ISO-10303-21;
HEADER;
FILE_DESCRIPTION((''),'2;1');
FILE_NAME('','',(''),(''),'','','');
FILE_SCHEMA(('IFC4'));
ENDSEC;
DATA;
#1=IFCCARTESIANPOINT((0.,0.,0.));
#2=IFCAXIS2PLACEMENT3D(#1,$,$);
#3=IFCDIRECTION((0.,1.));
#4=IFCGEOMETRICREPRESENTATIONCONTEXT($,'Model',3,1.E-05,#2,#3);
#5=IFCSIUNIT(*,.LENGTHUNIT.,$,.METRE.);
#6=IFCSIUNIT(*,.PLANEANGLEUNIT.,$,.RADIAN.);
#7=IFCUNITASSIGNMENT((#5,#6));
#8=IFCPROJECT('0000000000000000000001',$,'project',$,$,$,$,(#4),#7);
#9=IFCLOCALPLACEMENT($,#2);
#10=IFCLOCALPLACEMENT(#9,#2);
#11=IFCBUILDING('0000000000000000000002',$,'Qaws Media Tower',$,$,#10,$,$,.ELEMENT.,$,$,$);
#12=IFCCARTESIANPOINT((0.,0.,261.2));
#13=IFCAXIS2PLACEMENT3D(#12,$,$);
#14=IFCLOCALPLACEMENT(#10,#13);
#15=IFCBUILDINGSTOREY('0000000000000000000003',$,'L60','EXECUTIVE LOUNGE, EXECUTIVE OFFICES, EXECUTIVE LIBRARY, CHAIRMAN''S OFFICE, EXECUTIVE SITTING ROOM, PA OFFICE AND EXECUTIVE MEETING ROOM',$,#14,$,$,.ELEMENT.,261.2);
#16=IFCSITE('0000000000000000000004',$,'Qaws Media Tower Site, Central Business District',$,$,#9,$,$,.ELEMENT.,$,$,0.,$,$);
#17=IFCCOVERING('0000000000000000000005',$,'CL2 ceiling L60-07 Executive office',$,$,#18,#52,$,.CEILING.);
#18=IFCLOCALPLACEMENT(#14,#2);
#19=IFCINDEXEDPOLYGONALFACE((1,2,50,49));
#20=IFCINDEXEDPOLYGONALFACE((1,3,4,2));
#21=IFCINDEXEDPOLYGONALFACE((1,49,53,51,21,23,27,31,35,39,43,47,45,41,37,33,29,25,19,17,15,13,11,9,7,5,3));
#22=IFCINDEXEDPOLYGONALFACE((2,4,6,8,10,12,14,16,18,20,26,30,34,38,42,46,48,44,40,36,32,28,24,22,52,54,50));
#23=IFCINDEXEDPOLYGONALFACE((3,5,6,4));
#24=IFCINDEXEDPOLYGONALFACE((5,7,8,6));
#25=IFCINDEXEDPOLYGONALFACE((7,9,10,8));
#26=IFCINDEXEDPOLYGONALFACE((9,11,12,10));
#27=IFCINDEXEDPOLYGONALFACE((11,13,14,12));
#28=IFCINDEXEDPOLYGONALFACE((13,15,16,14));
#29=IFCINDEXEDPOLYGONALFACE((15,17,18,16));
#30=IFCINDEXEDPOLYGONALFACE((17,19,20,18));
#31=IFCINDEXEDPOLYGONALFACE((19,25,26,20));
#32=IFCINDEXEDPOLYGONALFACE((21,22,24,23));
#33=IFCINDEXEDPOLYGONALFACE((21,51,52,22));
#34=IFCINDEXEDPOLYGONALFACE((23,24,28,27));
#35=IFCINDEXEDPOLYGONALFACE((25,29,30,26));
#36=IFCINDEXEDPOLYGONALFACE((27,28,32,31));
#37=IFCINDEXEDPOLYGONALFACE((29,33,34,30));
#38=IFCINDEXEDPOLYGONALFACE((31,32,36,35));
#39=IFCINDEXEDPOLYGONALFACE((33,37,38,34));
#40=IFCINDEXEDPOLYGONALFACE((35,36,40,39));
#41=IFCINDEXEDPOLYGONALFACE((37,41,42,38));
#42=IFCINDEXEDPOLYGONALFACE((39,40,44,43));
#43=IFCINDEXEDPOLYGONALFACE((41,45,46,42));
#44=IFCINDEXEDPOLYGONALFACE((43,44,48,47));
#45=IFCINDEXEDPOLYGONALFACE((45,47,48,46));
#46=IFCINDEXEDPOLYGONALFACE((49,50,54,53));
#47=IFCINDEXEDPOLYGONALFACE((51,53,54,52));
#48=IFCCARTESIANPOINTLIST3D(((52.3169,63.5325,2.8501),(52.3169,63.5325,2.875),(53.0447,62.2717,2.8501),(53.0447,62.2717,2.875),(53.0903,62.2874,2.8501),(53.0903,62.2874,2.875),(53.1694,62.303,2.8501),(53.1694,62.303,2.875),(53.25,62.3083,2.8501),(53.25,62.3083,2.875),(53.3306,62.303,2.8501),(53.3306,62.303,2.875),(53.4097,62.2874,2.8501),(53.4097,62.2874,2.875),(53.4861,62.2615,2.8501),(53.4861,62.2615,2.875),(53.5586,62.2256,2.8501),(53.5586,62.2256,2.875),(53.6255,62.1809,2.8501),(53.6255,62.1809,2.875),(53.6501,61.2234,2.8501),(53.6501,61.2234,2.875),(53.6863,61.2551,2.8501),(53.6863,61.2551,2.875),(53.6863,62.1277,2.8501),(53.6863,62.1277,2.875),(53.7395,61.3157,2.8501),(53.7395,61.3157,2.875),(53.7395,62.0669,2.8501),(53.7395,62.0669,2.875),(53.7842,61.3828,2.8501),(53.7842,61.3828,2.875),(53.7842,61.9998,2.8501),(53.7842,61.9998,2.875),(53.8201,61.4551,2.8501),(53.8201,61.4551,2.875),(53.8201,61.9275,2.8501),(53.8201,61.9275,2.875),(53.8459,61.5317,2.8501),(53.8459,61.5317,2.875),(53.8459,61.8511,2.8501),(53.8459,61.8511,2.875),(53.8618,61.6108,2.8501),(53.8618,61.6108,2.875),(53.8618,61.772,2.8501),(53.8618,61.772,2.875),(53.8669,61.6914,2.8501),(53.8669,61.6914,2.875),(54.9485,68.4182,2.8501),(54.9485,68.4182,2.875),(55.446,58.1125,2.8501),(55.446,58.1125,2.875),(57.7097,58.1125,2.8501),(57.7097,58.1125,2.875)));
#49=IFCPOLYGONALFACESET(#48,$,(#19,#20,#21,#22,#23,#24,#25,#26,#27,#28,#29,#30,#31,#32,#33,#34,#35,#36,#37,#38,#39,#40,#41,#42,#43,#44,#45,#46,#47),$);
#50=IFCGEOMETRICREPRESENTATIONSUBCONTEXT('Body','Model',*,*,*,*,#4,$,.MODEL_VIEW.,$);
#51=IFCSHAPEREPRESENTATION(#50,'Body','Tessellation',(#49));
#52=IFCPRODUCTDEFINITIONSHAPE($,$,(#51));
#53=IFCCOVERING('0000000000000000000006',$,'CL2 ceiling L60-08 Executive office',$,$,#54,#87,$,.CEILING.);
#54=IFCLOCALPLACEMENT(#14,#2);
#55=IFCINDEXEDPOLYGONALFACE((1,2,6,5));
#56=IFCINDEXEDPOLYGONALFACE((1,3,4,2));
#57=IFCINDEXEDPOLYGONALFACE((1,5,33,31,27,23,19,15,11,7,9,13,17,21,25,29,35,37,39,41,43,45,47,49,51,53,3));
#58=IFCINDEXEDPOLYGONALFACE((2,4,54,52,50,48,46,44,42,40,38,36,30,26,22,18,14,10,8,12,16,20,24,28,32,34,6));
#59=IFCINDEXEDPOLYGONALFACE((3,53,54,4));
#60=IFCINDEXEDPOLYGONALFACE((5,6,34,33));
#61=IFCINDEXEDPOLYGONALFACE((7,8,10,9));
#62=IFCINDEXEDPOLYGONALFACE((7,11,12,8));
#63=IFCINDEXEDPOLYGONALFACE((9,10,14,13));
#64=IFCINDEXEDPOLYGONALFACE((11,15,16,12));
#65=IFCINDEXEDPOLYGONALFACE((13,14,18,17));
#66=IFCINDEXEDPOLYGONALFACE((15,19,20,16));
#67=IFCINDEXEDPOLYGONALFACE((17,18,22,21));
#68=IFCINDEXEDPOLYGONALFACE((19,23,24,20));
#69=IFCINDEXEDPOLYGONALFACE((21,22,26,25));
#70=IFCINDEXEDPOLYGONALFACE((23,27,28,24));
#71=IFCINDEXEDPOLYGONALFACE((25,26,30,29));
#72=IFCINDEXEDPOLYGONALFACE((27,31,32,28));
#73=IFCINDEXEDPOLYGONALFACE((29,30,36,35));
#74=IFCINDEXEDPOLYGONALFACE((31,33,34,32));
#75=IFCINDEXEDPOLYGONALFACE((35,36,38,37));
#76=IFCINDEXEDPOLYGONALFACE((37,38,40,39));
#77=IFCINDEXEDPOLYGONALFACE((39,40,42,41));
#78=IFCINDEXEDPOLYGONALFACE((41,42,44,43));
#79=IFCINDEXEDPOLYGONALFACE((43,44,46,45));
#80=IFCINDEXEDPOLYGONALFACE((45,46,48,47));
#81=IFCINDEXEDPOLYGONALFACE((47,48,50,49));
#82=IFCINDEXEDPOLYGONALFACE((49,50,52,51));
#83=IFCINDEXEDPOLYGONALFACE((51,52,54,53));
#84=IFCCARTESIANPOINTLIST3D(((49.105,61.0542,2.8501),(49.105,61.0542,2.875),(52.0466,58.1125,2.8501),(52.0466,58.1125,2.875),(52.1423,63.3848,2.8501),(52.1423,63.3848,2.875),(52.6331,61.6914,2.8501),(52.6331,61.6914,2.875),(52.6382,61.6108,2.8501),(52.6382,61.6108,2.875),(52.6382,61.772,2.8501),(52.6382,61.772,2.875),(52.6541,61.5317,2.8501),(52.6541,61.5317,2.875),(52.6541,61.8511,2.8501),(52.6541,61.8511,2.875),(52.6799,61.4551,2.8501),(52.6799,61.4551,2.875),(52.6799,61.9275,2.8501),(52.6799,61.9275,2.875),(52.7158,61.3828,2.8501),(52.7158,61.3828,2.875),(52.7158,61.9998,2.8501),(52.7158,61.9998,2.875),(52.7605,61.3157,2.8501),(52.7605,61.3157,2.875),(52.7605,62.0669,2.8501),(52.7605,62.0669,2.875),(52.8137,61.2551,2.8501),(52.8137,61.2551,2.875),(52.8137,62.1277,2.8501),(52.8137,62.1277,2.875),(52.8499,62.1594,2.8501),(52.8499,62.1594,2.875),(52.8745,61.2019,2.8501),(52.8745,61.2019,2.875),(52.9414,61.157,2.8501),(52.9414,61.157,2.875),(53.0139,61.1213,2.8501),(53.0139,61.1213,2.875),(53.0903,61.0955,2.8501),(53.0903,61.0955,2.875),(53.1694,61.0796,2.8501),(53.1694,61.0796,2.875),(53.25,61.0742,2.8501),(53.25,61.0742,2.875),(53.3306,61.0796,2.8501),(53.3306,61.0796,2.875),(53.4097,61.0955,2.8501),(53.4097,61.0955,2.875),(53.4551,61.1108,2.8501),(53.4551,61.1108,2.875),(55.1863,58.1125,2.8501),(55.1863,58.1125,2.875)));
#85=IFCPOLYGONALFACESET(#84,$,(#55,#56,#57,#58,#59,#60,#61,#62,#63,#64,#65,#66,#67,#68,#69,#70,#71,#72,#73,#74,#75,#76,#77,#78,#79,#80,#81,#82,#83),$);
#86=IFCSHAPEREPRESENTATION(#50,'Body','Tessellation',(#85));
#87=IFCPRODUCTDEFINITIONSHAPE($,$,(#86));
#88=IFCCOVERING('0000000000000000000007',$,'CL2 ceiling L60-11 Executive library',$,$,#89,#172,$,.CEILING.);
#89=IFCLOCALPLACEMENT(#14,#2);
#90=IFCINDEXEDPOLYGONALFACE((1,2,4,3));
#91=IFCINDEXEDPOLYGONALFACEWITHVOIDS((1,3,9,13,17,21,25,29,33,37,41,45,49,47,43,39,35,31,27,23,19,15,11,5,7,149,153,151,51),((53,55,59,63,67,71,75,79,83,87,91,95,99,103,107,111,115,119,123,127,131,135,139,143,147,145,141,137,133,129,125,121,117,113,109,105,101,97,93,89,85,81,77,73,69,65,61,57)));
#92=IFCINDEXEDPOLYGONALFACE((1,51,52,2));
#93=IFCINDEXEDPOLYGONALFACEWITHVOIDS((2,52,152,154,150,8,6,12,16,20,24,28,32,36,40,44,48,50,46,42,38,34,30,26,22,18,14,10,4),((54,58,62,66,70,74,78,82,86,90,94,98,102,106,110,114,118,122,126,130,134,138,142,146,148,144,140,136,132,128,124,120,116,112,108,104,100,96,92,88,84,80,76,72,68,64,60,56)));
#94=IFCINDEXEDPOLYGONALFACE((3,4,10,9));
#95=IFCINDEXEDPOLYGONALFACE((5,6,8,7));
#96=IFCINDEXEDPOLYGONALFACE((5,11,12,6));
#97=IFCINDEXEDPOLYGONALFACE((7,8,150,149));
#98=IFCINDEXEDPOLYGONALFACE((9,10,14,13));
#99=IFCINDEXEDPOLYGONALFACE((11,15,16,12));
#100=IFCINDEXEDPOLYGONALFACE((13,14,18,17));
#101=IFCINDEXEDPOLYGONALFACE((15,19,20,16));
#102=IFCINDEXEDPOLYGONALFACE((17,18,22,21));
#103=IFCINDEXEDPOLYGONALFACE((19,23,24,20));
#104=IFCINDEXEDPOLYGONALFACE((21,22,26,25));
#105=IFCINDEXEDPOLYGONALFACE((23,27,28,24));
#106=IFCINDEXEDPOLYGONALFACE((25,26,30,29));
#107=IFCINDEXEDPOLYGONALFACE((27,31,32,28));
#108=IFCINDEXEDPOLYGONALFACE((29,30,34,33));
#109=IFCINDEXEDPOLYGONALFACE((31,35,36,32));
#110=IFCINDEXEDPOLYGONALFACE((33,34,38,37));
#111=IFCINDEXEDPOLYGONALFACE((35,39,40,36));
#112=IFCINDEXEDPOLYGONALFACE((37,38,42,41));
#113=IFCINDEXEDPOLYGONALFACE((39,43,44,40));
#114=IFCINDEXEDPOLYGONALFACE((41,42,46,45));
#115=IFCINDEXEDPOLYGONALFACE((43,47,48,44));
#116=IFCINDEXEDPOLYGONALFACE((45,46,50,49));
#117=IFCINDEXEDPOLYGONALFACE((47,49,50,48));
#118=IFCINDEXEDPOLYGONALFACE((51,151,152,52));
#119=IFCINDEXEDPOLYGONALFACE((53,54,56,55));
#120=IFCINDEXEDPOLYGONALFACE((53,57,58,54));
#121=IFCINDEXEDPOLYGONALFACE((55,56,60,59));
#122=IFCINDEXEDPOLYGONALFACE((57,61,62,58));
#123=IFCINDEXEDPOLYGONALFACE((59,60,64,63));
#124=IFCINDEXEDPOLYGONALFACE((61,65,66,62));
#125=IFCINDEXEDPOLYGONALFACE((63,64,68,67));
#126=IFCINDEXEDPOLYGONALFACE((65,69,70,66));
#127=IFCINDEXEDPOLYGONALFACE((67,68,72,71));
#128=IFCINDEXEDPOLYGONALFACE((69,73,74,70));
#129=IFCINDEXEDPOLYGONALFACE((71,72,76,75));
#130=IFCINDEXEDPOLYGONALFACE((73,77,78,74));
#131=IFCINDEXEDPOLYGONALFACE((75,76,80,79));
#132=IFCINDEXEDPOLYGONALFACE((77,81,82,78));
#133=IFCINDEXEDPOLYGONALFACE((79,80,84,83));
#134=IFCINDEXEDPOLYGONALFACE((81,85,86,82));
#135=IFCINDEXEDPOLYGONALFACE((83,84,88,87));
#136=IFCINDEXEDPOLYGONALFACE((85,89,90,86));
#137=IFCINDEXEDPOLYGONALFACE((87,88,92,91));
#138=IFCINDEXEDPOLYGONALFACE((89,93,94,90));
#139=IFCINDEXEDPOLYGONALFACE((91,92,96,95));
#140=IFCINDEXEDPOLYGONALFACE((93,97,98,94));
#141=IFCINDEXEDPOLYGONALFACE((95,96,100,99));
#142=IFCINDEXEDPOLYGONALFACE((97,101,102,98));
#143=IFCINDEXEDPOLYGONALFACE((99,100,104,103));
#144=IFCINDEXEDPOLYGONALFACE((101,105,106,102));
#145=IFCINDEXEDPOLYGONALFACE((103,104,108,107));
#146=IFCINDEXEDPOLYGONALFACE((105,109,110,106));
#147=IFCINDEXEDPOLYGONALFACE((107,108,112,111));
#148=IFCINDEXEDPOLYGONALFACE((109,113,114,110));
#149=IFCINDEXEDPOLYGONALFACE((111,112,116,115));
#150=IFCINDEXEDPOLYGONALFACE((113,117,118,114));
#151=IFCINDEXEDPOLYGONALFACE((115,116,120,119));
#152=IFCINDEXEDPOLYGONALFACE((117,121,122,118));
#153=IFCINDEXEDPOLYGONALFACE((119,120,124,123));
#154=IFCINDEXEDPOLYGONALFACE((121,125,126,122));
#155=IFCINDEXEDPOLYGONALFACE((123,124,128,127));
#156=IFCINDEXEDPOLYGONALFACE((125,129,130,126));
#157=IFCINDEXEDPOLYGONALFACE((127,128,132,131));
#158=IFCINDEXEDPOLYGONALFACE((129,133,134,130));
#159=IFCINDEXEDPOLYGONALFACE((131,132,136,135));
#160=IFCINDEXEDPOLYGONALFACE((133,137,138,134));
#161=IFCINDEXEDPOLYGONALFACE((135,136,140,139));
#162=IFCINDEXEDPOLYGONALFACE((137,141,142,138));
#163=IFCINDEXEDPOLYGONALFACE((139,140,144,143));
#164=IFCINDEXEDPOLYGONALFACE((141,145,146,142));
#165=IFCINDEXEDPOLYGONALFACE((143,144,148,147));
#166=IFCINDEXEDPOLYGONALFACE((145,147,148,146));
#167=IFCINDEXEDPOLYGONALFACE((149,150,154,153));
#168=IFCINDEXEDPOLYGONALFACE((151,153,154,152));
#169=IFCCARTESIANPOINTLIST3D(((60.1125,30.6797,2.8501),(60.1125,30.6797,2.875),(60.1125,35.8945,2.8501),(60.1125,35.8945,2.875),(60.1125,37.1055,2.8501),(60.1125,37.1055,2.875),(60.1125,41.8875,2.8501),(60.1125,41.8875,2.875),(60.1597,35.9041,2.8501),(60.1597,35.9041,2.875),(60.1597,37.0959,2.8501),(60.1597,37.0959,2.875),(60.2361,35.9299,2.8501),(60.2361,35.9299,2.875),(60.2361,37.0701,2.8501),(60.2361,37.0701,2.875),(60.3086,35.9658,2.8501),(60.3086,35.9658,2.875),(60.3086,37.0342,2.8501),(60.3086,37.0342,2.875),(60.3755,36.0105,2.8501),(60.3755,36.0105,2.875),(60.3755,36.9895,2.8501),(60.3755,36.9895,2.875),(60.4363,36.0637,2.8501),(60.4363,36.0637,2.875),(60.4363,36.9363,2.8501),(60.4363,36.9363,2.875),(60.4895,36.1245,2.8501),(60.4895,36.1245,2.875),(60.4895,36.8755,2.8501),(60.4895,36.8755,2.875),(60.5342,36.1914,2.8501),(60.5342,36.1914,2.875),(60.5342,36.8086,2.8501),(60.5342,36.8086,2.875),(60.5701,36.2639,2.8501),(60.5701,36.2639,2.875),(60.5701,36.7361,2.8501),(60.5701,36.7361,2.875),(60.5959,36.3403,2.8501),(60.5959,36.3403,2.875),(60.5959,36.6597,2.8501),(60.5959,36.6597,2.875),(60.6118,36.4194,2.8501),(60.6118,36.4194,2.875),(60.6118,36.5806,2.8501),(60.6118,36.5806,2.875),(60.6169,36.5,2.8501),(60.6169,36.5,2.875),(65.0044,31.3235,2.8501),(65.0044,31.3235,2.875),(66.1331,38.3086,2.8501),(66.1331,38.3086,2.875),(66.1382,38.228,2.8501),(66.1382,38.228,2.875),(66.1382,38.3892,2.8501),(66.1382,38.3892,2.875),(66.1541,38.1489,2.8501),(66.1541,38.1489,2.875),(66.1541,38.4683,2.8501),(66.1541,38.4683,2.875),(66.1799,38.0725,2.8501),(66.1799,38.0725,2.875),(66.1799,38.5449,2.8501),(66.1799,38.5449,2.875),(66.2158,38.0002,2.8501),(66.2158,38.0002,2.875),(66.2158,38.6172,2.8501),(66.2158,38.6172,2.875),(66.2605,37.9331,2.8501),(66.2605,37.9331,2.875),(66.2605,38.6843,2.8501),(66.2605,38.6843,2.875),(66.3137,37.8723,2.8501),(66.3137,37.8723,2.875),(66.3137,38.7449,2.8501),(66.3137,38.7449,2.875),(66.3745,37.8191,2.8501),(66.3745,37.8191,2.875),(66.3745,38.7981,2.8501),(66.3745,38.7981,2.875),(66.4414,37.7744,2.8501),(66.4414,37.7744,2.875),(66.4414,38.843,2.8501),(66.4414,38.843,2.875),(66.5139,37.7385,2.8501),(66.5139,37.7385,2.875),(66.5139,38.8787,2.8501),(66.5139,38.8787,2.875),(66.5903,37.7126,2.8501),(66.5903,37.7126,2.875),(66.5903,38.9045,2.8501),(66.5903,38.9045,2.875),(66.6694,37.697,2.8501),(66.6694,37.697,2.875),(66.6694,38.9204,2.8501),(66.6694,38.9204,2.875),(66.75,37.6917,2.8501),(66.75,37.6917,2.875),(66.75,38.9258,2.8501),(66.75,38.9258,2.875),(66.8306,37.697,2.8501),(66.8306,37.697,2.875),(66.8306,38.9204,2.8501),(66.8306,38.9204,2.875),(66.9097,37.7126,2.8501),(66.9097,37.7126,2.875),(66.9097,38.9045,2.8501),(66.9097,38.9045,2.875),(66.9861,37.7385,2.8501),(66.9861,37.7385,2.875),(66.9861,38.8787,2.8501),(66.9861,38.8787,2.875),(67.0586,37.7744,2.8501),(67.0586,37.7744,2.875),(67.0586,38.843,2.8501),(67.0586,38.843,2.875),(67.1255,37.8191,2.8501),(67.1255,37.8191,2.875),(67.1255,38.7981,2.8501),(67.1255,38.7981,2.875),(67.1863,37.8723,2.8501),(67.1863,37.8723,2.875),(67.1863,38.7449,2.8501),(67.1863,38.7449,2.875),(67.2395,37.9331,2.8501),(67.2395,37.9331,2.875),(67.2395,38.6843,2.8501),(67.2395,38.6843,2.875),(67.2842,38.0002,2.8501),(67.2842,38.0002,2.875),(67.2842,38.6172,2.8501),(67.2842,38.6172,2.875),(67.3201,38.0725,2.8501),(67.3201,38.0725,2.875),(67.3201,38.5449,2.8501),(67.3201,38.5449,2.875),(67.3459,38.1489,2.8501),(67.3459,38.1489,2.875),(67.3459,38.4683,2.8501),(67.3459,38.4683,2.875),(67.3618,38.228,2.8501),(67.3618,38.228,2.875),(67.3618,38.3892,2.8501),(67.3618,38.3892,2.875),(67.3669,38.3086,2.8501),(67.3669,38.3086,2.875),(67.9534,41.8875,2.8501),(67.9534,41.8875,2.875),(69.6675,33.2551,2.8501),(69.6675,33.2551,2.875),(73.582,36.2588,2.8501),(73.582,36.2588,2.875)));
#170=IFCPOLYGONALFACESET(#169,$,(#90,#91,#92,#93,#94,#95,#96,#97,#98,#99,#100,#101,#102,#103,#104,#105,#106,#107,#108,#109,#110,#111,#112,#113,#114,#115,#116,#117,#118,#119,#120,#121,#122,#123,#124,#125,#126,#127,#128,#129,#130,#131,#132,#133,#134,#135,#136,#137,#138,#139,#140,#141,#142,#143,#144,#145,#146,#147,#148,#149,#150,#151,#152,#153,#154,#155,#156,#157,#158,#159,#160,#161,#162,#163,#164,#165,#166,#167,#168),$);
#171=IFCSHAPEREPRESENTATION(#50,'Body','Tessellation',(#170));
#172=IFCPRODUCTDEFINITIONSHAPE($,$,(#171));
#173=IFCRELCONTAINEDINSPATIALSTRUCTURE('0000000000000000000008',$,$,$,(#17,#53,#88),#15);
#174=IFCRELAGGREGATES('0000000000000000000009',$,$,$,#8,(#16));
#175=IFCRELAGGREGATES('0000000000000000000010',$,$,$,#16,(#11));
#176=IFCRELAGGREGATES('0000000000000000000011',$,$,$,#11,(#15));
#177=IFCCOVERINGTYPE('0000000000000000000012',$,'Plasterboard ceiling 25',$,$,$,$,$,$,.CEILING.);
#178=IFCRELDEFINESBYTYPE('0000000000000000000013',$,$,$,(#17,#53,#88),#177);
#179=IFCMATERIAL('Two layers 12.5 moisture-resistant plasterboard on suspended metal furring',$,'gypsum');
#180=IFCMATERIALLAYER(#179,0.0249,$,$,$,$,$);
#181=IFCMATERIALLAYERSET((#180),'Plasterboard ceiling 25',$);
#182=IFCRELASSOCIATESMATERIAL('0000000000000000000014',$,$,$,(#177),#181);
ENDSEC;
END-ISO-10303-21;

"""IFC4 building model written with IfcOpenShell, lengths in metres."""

from ifc_helpers import new_model, si_unit, direction, frame, origin, place, context, subcontext, project, spatial, polyline, outline, extrude, material, layer, layer_set, type_object, element, save


model = new_model("IFC4")

# Units and contexts
model_context = context("Model", 3, precision=1e-05, world=origin(), true_north=direction((0.0, 1.0)))
body_context = subcontext(model_context, "Body", "Model", "MODEL_VIEW")
ifc_project = project(units=[si_unit("LENGTHUNIT", "METRE"), si_unit("PLANEANGLEUNIT", "RADIAN")], contexts=[model_context])

# Site, building, storey
site_placement = place(None, origin())
site = spatial("IfcSite", under=ifc_project, at=site_placement, Name="Qaws Media Tower Site, Central Business District", CompositionType="ELEMENT", RefElevation=0.0)
building_placement = place(site_placement, origin())
building = spatial("IfcBuilding", under=site, at=building_placement, Name="Qaws Media Tower", CompositionType="ELEMENT")
storey_placement = place(building_placement, frame((0.0, 0.0, 261.2)))
storey = spatial("IfcBuildingStorey", under=building, at=storey_placement, Name="L60", Description="EXECUTIVE LOUNGE, EXECUTIVE OFFICES, EXECUTIVE LIBRARY, CHAIRMAN'S OFFICE, EXECUTIVE SITTING ROOM, PA OFFICE AND EXECUTIVE MEETING ROOM", CompositionType="ELEMENT", Elevation=261.2)

# Coverings
ifc_material_1 = material(Name="Two layers 12.5 moisture-resistant plasterboard on suspended metal furring", Category="gypsum")
ifc_layer_1 = layer(ifc_material_1, 0.0249)
ifc_layer_set_1 = layer_set([ifc_layer_1], Name="Plasterboard ceiling 25")
covering_type_1 = type_object("IfcCoveringType", Name="Plasterboard ceiling 25", PredefinedType="CEILING", material=ifc_layer_set_1)
covering_1_placement = place(storey_placement, frame((0.0, 0.0, 2.8501)))
element("IfcCovering", 1, at=covering_1_placement, inside=storey, type_object=covering_type_1, Name="CL2 ceiling L60-07 Executive office", PredefinedType="CEILING", context=body_context, shape_type="SweptSolid", body=[
    extrude(outline(polyline([(54.9485, 68.4182), (57.7097, 58.1125), (55.446, 58.1125), (53.6501, 61.2234), (53.6863, 61.2551), (53.7395, 61.3157), (53.7842, 61.3828), (53.8201, 61.4551), (53.8459, 61.5317), (53.8618, 61.6108), (53.8669, 61.6914), (53.8618, 61.772), (53.8459, 61.8511), (53.8201, 61.9275), (53.7842, 61.9998), (53.7395, 62.0669), (53.6863, 62.1277), (53.6255, 62.1809), (53.5586, 62.2256), (53.4861, 62.2615), (53.4097, 62.2874), (53.3306, 62.303), (53.25, 62.3083), (53.1694, 62.303), (53.0903, 62.2874), (53.0447, 62.2717), (52.3169, 63.5325), (54.9485, 68.4182)])), origin(), (0.0, 0.0, 1.0), 0.0249),
])
covering_2_placement = place(storey_placement, frame((0.0, 0.0, 2.8501)))
element("IfcCovering", 2, at=covering_2_placement, inside=storey, type_object=covering_type_1, Name="CL2 ceiling L60-08 Executive office", PredefinedType="CEILING", context=body_context, shape_type="SweptSolid", body=[
    extrude(outline(polyline([(52.8499, 62.1594), (52.8137, 62.1277), (52.7605, 62.0669), (52.7158, 61.9998), (52.6799, 61.9275), (52.6541, 61.8511), (52.6382, 61.772), (52.6331, 61.6914), (52.6382, 61.6108), (52.6541, 61.5317), (52.6799, 61.4551), (52.7158, 61.3828), (52.7605, 61.3157), (52.8137, 61.2551), (52.8745, 61.2019), (52.9414, 61.157), (53.0139, 61.1213), (53.0903, 61.0955), (53.1694, 61.0796), (53.25, 61.0742), (53.3306, 61.0796), (53.4097, 61.0955), (53.4551, 61.1108), (55.1863, 58.1125), (52.0466, 58.1125), (49.105, 61.0542), (52.1423, 63.3848), (52.8499, 62.1594)])), origin(), (0.0, 0.0, 1.0), 0.0249),
])
covering_3_placement = place(storey_placement, frame((0.0, 0.0, 2.8501)))
element("IfcCovering", 3, at=covering_3_placement, inside=storey, type_object=covering_type_1, Name="CL2 ceiling L60-11 Executive library", PredefinedType="CEILING", context=body_context, shape_type="SweptSolid", body=[
    extrude(outline(polyline([(69.6675, 33.2551), (65.0044, 31.3235), (60.1125, 30.6797), (60.1125, 35.8945), (60.1597, 35.9041), (60.2361, 35.9299), (60.3086, 35.9658), (60.3755, 36.0105), (60.4363, 36.0637), (60.4895, 36.1245), (60.5342, 36.1914), (60.5701, 36.2639), (60.5959, 36.3403), (60.6118, 36.4194), (60.6169, 36.5), (60.6118, 36.5806), (60.5959, 36.6597), (60.5701, 36.7361), (60.5342, 36.8086), (60.4895, 36.8755), (60.4363, 36.9363), (60.3755, 36.9895), (60.3086, 37.0342), (60.2361, 37.0701), (60.1597, 37.0959), (60.1125, 37.1055), (60.1125, 41.8875), (67.9534, 41.8875), (73.582, 36.2588), (69.6675, 33.2551)]), holes=[polyline([(67.3201, 38.0725), (67.3459, 38.1489), (67.3618, 38.228), (67.3669, 38.3086), (67.3618, 38.3892), (67.3459, 38.4683), (67.3201, 38.5449), (67.2842, 38.6172), (67.2395, 38.6843), (67.1863, 38.7449), (67.1255, 38.7981), (67.0586, 38.843), (66.9861, 38.8787), (66.9097, 38.9045), (66.8306, 38.9204), (66.75, 38.9258), (66.6694, 38.9204), (66.5903, 38.9045), (66.5139, 38.8787), (66.4414, 38.843), (66.3745, 38.7981), (66.3137, 38.7449), (66.2605, 38.6843), (66.2158, 38.6172), (66.1799, 38.5449), (66.1541, 38.4683), (66.1382, 38.3892), (66.1331, 38.3086), (66.1382, 38.228), (66.1541, 38.1489), (66.1799, 38.0725), (66.2158, 38.0002), (66.2605, 37.9331), (66.3137, 37.8723), (66.3745, 37.8191), (66.4414, 37.7744), (66.5139, 37.7385), (66.5903, 37.7126), (66.6694, 37.697), (66.75, 37.6917), (66.8306, 37.697), (66.9097, 37.7126), (66.9861, 37.7385), (67.0586, 37.7744), (67.1255, 37.8191), (67.1863, 37.8723), (67.2395, 37.9331), (67.2842, 38.0002), (67.3201, 38.0725)])]), origin(), (0.0, 0.0, 1.0), 0.0249),
])

save(model, "model.ifc")
